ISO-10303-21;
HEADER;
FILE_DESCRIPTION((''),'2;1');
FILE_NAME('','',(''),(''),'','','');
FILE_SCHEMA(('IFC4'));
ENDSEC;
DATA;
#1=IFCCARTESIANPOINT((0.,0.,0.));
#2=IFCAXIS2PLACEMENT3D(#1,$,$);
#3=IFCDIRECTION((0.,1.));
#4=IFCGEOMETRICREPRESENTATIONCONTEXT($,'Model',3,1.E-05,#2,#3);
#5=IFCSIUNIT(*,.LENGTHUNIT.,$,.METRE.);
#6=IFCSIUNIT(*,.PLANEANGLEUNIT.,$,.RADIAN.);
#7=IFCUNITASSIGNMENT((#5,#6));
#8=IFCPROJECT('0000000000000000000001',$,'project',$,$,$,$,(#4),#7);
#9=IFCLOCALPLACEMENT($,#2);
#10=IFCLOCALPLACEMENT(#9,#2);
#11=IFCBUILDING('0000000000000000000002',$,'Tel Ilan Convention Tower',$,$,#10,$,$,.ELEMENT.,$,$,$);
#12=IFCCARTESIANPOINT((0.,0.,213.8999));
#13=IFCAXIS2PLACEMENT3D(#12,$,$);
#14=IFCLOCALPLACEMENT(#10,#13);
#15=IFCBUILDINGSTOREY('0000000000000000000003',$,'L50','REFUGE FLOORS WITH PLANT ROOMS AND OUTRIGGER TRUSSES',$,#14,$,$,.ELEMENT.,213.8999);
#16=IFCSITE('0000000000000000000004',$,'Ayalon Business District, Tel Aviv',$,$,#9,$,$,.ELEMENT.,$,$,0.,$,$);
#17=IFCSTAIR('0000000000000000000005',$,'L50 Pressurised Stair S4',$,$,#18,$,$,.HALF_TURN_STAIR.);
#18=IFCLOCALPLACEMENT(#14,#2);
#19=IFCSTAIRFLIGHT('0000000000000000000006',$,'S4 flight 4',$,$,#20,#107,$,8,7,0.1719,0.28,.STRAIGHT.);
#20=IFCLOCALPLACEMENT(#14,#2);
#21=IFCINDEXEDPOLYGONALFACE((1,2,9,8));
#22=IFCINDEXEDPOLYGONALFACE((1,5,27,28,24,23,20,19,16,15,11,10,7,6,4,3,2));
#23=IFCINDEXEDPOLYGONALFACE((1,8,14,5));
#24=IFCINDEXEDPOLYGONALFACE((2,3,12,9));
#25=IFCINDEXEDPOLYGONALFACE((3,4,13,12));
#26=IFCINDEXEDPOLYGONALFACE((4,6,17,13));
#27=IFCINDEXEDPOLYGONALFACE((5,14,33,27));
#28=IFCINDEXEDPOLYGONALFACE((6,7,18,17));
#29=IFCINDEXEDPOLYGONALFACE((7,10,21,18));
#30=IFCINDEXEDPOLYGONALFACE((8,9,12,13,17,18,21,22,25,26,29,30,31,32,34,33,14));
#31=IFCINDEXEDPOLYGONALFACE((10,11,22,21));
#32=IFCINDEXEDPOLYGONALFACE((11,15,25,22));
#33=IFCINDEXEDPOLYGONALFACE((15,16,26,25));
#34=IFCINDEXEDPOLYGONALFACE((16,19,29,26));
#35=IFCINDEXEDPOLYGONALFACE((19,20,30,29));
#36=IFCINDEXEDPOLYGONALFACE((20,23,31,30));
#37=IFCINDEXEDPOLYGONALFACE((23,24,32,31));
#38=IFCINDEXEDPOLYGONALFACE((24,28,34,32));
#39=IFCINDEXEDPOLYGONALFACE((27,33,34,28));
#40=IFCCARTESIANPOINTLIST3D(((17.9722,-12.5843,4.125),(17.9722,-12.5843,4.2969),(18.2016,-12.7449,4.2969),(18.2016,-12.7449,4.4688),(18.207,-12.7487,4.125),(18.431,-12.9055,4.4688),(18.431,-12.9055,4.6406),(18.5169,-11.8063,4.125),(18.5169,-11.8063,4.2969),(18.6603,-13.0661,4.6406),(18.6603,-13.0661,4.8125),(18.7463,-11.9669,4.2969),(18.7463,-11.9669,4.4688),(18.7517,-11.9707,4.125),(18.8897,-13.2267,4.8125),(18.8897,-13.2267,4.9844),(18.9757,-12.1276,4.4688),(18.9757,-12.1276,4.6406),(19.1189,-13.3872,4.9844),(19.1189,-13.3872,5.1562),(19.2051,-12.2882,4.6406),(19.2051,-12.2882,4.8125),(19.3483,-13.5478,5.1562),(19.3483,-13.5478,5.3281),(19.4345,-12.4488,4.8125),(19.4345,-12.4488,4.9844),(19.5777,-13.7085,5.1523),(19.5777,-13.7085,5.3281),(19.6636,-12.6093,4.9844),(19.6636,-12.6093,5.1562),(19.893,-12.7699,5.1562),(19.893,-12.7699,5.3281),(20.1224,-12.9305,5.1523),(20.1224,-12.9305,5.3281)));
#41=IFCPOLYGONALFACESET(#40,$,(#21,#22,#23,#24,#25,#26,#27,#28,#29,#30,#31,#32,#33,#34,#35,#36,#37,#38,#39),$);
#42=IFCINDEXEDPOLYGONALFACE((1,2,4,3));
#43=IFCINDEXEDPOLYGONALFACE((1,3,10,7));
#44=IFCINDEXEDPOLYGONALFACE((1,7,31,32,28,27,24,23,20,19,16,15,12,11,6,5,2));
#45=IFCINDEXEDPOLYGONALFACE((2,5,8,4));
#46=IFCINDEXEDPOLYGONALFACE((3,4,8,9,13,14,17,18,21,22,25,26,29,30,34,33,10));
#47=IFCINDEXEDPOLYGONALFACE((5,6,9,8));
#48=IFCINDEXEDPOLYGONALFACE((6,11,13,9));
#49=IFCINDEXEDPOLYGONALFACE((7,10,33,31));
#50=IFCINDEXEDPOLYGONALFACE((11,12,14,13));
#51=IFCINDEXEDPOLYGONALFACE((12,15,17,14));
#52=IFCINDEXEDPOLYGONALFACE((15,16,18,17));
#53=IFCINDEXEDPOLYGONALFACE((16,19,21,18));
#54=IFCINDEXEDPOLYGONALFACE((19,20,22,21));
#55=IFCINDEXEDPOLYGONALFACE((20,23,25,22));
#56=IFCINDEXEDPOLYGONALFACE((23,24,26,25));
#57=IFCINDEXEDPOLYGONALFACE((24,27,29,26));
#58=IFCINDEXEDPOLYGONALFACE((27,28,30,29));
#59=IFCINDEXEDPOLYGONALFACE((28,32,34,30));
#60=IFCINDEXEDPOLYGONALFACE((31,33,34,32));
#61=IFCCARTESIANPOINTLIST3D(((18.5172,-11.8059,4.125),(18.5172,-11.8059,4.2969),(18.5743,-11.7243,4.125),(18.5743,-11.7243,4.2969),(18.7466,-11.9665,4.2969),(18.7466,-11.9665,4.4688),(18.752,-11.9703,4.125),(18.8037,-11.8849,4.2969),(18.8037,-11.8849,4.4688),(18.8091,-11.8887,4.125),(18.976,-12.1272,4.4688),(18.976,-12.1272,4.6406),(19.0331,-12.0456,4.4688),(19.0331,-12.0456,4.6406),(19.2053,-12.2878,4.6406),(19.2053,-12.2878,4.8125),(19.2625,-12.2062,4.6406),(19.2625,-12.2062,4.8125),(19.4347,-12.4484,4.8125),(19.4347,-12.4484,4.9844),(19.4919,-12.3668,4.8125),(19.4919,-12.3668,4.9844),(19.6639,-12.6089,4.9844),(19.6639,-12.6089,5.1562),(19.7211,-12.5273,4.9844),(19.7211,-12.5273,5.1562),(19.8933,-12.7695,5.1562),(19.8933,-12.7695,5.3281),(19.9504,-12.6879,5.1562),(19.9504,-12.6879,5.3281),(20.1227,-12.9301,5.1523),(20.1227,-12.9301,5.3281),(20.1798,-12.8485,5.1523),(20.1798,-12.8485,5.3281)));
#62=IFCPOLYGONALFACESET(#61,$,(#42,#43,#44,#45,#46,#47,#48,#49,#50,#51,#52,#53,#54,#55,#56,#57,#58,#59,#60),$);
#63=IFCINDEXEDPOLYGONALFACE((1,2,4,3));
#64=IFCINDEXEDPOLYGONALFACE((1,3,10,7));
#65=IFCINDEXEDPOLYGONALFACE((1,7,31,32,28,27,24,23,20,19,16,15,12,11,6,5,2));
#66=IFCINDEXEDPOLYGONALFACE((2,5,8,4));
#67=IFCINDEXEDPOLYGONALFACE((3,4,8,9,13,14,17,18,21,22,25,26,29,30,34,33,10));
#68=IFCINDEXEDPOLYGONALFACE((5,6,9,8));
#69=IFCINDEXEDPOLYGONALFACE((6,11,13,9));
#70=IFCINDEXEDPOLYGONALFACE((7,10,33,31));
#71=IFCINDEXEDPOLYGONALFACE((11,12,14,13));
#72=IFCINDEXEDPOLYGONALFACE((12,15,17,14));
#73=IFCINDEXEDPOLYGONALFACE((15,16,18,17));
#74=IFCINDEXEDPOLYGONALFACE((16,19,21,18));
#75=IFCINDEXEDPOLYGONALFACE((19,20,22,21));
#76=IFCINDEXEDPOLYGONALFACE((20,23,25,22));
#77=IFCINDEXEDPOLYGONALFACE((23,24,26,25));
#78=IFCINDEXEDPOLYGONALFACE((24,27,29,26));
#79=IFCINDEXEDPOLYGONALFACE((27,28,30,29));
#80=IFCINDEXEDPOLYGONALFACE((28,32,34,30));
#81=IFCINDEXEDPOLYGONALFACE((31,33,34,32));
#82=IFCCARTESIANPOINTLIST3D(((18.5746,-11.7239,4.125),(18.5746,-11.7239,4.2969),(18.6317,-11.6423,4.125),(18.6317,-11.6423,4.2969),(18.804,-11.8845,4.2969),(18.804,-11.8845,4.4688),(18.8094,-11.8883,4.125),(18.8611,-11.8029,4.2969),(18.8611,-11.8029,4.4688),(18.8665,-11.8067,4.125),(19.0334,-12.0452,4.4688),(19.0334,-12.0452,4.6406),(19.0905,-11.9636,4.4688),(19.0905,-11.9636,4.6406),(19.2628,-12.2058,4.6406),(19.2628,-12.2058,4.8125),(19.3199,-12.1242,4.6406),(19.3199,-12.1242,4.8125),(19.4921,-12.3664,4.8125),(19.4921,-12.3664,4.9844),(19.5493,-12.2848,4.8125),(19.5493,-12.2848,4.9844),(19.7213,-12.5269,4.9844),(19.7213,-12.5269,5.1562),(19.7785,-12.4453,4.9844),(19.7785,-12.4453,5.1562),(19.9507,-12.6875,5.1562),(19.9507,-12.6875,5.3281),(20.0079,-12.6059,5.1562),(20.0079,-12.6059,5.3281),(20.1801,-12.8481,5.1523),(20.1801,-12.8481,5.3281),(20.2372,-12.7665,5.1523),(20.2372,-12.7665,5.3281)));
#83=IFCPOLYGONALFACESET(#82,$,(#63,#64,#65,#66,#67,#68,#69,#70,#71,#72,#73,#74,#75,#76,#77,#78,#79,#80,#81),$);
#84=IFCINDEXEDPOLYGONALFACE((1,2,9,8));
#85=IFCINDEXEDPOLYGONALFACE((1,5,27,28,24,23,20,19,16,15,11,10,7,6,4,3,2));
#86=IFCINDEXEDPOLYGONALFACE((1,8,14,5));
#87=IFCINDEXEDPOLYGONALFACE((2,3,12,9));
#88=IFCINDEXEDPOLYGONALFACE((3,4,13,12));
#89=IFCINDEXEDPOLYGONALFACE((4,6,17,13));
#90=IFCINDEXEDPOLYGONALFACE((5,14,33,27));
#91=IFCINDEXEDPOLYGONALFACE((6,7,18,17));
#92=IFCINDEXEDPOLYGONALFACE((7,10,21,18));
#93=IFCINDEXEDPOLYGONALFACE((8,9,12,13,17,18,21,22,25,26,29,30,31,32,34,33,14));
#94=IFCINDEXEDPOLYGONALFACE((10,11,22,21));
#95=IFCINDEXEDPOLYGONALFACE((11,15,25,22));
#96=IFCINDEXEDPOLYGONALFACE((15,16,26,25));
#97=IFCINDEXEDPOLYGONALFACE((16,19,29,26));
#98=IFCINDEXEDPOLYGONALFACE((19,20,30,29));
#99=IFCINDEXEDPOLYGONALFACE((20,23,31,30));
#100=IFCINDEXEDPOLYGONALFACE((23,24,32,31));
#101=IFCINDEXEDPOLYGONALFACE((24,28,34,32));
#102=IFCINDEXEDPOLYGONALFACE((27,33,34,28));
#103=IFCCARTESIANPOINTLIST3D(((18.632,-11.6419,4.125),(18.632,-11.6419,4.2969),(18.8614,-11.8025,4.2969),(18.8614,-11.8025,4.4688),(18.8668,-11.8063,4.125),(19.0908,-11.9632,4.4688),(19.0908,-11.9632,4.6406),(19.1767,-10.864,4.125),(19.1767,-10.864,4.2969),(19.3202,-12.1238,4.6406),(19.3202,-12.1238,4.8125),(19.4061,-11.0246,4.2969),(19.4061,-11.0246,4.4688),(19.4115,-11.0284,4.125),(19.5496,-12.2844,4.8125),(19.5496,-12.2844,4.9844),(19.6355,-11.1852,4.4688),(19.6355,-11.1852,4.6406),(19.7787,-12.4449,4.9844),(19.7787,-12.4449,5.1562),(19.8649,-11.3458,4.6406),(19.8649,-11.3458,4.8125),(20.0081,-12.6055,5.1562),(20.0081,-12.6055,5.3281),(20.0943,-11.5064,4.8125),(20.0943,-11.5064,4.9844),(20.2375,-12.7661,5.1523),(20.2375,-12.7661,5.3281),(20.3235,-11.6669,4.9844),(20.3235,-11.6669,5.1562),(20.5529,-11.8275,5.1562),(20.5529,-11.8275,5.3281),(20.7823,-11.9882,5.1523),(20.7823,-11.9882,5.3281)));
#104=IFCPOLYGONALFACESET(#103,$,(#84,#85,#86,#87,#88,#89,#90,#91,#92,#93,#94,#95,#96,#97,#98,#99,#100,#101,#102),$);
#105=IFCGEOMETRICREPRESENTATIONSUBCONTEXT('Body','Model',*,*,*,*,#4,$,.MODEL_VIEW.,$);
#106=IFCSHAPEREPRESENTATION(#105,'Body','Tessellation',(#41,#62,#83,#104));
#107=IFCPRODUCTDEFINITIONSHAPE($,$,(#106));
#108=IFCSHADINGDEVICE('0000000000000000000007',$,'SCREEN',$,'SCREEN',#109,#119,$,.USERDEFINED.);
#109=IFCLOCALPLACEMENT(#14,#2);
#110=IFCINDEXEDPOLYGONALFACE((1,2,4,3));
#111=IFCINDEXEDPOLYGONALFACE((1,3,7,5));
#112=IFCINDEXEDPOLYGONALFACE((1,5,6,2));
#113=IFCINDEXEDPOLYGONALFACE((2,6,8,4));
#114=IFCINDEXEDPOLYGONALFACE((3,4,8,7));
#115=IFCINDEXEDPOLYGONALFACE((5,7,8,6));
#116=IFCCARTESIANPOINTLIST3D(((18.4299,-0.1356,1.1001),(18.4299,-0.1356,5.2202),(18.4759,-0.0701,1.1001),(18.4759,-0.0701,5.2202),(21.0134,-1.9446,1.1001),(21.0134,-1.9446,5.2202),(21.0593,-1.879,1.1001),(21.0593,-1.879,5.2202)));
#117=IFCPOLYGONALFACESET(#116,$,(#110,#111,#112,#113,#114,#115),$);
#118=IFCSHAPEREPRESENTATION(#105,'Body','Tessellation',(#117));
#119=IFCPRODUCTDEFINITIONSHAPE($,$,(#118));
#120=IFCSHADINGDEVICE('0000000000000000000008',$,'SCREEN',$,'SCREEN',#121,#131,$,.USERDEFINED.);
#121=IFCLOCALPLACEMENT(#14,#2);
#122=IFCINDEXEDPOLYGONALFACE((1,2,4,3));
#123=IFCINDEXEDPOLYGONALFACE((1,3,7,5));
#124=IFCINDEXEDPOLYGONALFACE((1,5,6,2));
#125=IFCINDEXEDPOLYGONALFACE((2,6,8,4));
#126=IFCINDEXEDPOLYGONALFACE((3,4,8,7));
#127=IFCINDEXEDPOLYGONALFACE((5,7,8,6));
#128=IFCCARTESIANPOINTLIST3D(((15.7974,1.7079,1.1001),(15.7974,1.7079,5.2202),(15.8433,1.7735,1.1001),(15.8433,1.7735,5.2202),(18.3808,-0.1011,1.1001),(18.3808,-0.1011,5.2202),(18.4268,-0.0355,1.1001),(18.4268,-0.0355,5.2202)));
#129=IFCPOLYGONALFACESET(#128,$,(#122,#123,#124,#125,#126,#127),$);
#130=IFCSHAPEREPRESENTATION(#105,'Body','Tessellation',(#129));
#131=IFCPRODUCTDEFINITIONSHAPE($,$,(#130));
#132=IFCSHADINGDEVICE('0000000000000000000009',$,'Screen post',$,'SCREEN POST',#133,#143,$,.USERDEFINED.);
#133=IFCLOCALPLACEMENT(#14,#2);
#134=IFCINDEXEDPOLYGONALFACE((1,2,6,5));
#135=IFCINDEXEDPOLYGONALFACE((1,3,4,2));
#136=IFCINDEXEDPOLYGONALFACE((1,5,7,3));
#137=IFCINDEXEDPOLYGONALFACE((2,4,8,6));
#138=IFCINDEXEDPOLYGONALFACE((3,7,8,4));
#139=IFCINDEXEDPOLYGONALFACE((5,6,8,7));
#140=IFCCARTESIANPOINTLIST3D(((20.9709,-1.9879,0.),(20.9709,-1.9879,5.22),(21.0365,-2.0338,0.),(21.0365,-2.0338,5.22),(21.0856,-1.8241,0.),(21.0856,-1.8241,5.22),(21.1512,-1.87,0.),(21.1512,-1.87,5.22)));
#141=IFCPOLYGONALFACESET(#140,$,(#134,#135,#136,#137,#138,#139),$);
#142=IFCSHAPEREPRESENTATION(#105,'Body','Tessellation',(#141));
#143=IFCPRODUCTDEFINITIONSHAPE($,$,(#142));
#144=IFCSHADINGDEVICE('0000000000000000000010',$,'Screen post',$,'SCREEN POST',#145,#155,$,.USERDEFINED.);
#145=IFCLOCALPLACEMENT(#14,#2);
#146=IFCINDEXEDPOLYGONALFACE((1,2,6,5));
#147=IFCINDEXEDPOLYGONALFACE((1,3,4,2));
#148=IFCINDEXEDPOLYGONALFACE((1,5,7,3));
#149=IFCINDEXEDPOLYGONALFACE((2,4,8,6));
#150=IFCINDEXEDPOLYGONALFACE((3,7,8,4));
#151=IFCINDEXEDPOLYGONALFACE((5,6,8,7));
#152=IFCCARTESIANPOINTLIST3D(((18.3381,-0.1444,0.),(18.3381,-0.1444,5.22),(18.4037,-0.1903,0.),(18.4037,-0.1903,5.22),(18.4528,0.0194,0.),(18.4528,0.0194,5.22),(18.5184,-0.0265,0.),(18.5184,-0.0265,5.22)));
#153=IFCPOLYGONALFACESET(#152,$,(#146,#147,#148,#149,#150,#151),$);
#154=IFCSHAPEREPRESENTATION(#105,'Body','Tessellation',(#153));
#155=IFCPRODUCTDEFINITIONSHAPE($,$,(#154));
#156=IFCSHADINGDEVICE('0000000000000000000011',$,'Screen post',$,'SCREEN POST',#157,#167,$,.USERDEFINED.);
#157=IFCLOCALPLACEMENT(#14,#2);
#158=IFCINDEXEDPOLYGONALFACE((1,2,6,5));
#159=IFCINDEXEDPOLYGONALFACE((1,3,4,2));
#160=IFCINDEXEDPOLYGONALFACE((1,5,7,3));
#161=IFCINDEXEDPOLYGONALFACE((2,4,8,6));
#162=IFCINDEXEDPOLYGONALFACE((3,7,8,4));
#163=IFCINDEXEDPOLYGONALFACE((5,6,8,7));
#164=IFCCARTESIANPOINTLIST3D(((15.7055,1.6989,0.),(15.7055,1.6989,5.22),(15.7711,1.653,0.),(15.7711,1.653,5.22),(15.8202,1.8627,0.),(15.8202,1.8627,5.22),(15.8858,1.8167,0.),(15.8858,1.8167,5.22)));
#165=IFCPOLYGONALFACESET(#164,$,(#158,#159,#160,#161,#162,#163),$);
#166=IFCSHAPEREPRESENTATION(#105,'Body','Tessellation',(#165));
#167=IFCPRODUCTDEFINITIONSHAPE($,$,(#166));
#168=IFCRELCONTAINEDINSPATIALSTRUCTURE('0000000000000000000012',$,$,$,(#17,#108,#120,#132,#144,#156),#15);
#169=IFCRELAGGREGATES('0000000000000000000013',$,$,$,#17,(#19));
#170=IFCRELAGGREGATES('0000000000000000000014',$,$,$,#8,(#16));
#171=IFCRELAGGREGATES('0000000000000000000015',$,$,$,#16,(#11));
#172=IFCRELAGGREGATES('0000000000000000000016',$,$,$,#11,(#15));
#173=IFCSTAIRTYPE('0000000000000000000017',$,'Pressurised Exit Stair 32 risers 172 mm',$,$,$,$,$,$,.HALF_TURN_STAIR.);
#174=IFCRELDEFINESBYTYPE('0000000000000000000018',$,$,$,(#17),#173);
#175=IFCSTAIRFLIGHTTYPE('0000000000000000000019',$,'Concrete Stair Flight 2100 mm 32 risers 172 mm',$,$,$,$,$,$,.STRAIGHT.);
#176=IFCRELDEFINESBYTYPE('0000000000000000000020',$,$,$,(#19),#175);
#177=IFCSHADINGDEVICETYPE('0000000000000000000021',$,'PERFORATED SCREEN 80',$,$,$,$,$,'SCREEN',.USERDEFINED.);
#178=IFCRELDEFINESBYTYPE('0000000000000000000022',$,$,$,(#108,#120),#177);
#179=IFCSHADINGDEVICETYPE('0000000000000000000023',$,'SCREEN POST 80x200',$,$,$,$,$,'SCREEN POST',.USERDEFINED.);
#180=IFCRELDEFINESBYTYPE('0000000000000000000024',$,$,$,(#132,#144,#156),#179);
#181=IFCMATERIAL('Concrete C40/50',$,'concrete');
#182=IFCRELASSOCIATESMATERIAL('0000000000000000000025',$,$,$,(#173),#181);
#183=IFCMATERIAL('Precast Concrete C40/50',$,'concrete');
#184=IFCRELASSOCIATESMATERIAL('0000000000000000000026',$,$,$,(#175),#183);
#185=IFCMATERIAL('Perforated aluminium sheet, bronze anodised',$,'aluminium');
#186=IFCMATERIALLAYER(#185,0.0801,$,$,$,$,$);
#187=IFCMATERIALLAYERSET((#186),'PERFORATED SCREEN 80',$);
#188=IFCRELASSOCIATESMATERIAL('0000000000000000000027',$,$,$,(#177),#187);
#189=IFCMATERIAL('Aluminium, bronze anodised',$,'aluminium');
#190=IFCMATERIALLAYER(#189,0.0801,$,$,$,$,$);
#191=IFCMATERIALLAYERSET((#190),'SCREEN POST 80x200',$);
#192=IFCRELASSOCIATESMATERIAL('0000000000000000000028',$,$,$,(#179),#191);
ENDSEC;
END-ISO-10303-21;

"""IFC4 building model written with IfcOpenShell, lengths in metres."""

from ifc_helpers import new_model, si_unit, direction, frame, origin, origin_2d, place, context, subcontext, project, spatial, polyline, rectangle, outline, extrude, material, layer, layer_set, type_object, element, aggregate, save


model = new_model("IFC4")

# Units and contexts
model_context = context("Model", 3, precision=1e-05, world=origin(), true_north=direction((0.0, 1.0)))
body_context = subcontext(model_context, "Body", "Model", "MODEL_VIEW")
ifc_project = project(units=[si_unit("LENGTHUNIT", "METRE"), si_unit("PLANEANGLEUNIT", "RADIAN")], contexts=[model_context])

# Site, building, storey
site_placement = place(None, origin())
site = spatial("IfcSite", under=ifc_project, at=site_placement, Name="Ayalon Business District, Tel Aviv", CompositionType="ELEMENT", RefElevation=0.0)
building_placement = place(site_placement, origin())
building = spatial("IfcBuilding", under=site, at=building_placement, Name="Tel Ilan Convention Tower", CompositionType="ELEMENT")
storey_placement = place(building_placement, frame((0.0, 0.0, 213.8999)))
storey = spatial("IfcBuildingStorey", under=building, at=storey_placement, Name="L50", Description="REFUGE FLOORS WITH PLANT ROOMS AND OUTRIGGER TRUSSES", CompositionType="ELEMENT", Elevation=213.8999)

# Stair, stair flight
ifc_material_1 = material(Name="Concrete C40/50", Category="concrete")
stair_type = type_object("IfcStairType", Name="Pressurised Exit Stair 32 risers 172 mm", PredefinedType="HALF_TURN_STAIR", material=ifc_material_1)
ifc_material_2 = material(Name="Precast Concrete C40/50", Category="concrete")
stair_flight_type = type_object("IfcStairFlightType", Name="Concrete Stair Flight 2100 mm 32 risers 172 mm", PredefinedType="STRAIGHT", material=ifc_material_2)
stair_1_placement = place(storey_placement, origin())
stair_1 = element("IfcStair", 1, at=stair_1_placement, inside=storey, type_object=stair_type, Name="L50 Pressurised Stair S4", PredefinedType="HALF_TURN_STAIR")
stair_flight_1_placement = place(storey_placement, frame((18.5745, -11.7241, 4.125), z_axis=(0.0, 0.0, 1.0), x_axis=(0.819152, -0.573576, 0.0)))
stair_flight_1 = element("IfcStairFlight", 2, at=stair_flight_1_placement, type_object=stair_flight_type, Name="S4 flight 4", NumberOfRisers=8, NumberOfTreads=7, PredefinedType="STRAIGHT", RiserHeight=0.1719, TreadLength=0.28, context=body_context, shape_type="SweptSolid", body=[
    extrude(outline(polyline([(0.0, 0.0), (0.0, 0.1719), (0.28, 0.1719), (0.28, 0.3438), (0.5601, 0.3438), (0.5601, 0.5156), (0.8401, 0.5156), (0.8401, 0.6875), (1.1201, 0.6875), (1.1201, 0.8594), (1.3999, 0.8594), (1.3999, 1.0312), (1.6799, 1.0312), (1.6799, 1.2031), (1.96, 1.2031), (1.96, 1.375), (1.96, 1.0273), (0.2866, 0.0), (0.0, 0.0)])), frame((0.0, -0.1003, 0.0), z_axis=(0.0, -1.0, 0.0), x_axis=(1.0, 0.0, 0.0)), (0.0, 0.0, 1.0), 0.9497),
    extrude(outline(polyline([(0.0, 0.0), (0.0, 0.1719), (0.28, 0.1719), (0.28, 0.3438), (0.5601, 0.3438), (0.5601, 0.5156), (0.8401, 0.5156), (0.8401, 0.6875), (1.1201, 0.6875), (1.1201, 0.8594), (1.3999, 0.8594), (1.3999, 1.0312), (1.6799, 1.0312), (1.6799, 1.2031), (1.96, 1.2031), (1.96, 1.375), (1.96, 1.0273), (0.2866, 0.0), (0.0, 0.0)])), frame((0.0, -0.0002, 0.0), z_axis=(0.0, -1.0, 0.0), x_axis=(1.0, 0.0, 0.0)), (0.0, 0.0, 1.0), 0.0996),
    extrude(outline(polyline([(0.0, 0.0), (0.0, 0.1719), (0.28, 0.1719), (0.28, 0.3438), (0.5601, 0.3438), (0.5601, 0.5156), (0.8401, 0.5156), (0.8401, 0.6875), (1.1201, 0.6875), (1.1201, 0.8594), (1.3999, 0.8594), (1.3999, 1.0312), (1.6799, 1.0312), (1.6799, 1.2031), (1.96, 1.2031), (1.96, 1.375), (1.96, 1.0273), (0.2866, 0.0), (0.0, 0.0)])), frame((0.0, 0.0999, 0.0), z_axis=(0.0, -1.0, 0.0), x_axis=(1.0, 0.0, 0.0)), (0.0, 0.0, 1.0), 0.0996),
    extrude(outline(polyline([(0.0, 0.0), (0.0, 0.1719), (0.28, 0.1719), (0.28, 0.3438), (0.5601, 0.3438), (0.5601, 0.5156), (0.8401, 0.5156), (0.8401, 0.6875), (1.1201, 0.6875), (1.1201, 0.8594), (1.3999, 0.8594), (1.3999, 1.0312), (1.6799, 1.0312), (1.6799, 1.2031), (1.96, 1.2031), (1.96, 1.375), (1.96, 1.0273), (0.2866, 0.0), (0.0, 0.0)])), frame((0.0, 1.05, 0.0), z_axis=(0.0, -1.0, 0.0), x_axis=(1.0, 0.0, 0.0)), (0.0, 0.0, 1.0), 0.9497),
])
aggregate(stair_1, [stair_flight_1])

# Shading devices
ifc_material_3 = material(Name="Perforated aluminium sheet, bronze anodised", Category="aluminium")
ifc_layer_1 = layer(ifc_material_3, 0.0801)
ifc_layer_set_1 = layer_set([ifc_layer_1], Name="PERFORATED SCREEN 80")
shading_device_type_1 = type_object("IfcShadingDeviceType", Name="PERFORATED SCREEN 80", ElementType="SCREEN", PredefinedType="USERDEFINED", material=ifc_layer_set_1)
for number, where, z_axis, x_axis, name in (
    (3, (19.7446, -1.0073, 1.1001), (0.0, 0.0, 1.0), (-0.819152, 0.573576, 0.0), "SCREEN"),
    (4, (17.1121, 0.8362, 1.1001), (0.0, 0.0, 1.0), (-0.819152, 0.573576, 0.0), "SCREEN"),
):
    element("IfcShadingDevice", number, at=place(storey_placement, frame(where, z_axis=z_axis, x_axis=x_axis)), inside=storey, type_object=shading_device_type_1, Name=name, ObjectType="SCREEN", PredefinedType="USERDEFINED", context=body_context, shape_type="SweptSolid", body=[
        extrude(rectangle(XDim=3.1538, YDim=0.0801, at=origin_2d()), origin(), (0.0, 0.0, 1.0), 4.1201),
    ])
ifc_material_4 = material(Name="Aluminium, bronze anodised", Category="aluminium")
ifc_layer_2 = layer(ifc_material_4, 0.0801)
ifc_layer_set_2 = layer_set([ifc_layer_2], Name="SCREEN POST 80x200")
shading_device_type_2 = type_object("IfcShadingDeviceType", Name="SCREEN POST 80x200", ElementType="SCREEN POST", PredefinedType="USERDEFINED", material=ifc_layer_set_2)
for number, where, z_axis, x_axis, name in (
    (5, (21.061, -1.929, 0.0), (0.0, 0.0, 1.0), (-0.819152, 0.573576, 0.0), "Screen post"),
    (6, (18.4282, -0.0854, 0.0), (0.0, 0.0, 1.0), (-0.819152, 0.573576, 0.0), "Screen post"),
    (7, (15.7957, 1.7578, 0.0), (0.0, 0.0, 1.0), (-0.819152, 0.573576, 0.0), "Screen post"),
):
    element("IfcShadingDevice", number, at=place(storey_placement, frame(where, z_axis=z_axis, x_axis=x_axis)), inside=storey, type_object=shading_device_type_2, Name=name, ObjectType="SCREEN POST", PredefinedType="USERDEFINED", context=body_context, shape_type="SweptSolid", body=[
        extrude(rectangle(XDim=0.0801, YDim=0.2, at=origin_2d()), origin(), (0.0, 0.0, 1.0), 5.22),
    ])

save(model, "model.ifc")
